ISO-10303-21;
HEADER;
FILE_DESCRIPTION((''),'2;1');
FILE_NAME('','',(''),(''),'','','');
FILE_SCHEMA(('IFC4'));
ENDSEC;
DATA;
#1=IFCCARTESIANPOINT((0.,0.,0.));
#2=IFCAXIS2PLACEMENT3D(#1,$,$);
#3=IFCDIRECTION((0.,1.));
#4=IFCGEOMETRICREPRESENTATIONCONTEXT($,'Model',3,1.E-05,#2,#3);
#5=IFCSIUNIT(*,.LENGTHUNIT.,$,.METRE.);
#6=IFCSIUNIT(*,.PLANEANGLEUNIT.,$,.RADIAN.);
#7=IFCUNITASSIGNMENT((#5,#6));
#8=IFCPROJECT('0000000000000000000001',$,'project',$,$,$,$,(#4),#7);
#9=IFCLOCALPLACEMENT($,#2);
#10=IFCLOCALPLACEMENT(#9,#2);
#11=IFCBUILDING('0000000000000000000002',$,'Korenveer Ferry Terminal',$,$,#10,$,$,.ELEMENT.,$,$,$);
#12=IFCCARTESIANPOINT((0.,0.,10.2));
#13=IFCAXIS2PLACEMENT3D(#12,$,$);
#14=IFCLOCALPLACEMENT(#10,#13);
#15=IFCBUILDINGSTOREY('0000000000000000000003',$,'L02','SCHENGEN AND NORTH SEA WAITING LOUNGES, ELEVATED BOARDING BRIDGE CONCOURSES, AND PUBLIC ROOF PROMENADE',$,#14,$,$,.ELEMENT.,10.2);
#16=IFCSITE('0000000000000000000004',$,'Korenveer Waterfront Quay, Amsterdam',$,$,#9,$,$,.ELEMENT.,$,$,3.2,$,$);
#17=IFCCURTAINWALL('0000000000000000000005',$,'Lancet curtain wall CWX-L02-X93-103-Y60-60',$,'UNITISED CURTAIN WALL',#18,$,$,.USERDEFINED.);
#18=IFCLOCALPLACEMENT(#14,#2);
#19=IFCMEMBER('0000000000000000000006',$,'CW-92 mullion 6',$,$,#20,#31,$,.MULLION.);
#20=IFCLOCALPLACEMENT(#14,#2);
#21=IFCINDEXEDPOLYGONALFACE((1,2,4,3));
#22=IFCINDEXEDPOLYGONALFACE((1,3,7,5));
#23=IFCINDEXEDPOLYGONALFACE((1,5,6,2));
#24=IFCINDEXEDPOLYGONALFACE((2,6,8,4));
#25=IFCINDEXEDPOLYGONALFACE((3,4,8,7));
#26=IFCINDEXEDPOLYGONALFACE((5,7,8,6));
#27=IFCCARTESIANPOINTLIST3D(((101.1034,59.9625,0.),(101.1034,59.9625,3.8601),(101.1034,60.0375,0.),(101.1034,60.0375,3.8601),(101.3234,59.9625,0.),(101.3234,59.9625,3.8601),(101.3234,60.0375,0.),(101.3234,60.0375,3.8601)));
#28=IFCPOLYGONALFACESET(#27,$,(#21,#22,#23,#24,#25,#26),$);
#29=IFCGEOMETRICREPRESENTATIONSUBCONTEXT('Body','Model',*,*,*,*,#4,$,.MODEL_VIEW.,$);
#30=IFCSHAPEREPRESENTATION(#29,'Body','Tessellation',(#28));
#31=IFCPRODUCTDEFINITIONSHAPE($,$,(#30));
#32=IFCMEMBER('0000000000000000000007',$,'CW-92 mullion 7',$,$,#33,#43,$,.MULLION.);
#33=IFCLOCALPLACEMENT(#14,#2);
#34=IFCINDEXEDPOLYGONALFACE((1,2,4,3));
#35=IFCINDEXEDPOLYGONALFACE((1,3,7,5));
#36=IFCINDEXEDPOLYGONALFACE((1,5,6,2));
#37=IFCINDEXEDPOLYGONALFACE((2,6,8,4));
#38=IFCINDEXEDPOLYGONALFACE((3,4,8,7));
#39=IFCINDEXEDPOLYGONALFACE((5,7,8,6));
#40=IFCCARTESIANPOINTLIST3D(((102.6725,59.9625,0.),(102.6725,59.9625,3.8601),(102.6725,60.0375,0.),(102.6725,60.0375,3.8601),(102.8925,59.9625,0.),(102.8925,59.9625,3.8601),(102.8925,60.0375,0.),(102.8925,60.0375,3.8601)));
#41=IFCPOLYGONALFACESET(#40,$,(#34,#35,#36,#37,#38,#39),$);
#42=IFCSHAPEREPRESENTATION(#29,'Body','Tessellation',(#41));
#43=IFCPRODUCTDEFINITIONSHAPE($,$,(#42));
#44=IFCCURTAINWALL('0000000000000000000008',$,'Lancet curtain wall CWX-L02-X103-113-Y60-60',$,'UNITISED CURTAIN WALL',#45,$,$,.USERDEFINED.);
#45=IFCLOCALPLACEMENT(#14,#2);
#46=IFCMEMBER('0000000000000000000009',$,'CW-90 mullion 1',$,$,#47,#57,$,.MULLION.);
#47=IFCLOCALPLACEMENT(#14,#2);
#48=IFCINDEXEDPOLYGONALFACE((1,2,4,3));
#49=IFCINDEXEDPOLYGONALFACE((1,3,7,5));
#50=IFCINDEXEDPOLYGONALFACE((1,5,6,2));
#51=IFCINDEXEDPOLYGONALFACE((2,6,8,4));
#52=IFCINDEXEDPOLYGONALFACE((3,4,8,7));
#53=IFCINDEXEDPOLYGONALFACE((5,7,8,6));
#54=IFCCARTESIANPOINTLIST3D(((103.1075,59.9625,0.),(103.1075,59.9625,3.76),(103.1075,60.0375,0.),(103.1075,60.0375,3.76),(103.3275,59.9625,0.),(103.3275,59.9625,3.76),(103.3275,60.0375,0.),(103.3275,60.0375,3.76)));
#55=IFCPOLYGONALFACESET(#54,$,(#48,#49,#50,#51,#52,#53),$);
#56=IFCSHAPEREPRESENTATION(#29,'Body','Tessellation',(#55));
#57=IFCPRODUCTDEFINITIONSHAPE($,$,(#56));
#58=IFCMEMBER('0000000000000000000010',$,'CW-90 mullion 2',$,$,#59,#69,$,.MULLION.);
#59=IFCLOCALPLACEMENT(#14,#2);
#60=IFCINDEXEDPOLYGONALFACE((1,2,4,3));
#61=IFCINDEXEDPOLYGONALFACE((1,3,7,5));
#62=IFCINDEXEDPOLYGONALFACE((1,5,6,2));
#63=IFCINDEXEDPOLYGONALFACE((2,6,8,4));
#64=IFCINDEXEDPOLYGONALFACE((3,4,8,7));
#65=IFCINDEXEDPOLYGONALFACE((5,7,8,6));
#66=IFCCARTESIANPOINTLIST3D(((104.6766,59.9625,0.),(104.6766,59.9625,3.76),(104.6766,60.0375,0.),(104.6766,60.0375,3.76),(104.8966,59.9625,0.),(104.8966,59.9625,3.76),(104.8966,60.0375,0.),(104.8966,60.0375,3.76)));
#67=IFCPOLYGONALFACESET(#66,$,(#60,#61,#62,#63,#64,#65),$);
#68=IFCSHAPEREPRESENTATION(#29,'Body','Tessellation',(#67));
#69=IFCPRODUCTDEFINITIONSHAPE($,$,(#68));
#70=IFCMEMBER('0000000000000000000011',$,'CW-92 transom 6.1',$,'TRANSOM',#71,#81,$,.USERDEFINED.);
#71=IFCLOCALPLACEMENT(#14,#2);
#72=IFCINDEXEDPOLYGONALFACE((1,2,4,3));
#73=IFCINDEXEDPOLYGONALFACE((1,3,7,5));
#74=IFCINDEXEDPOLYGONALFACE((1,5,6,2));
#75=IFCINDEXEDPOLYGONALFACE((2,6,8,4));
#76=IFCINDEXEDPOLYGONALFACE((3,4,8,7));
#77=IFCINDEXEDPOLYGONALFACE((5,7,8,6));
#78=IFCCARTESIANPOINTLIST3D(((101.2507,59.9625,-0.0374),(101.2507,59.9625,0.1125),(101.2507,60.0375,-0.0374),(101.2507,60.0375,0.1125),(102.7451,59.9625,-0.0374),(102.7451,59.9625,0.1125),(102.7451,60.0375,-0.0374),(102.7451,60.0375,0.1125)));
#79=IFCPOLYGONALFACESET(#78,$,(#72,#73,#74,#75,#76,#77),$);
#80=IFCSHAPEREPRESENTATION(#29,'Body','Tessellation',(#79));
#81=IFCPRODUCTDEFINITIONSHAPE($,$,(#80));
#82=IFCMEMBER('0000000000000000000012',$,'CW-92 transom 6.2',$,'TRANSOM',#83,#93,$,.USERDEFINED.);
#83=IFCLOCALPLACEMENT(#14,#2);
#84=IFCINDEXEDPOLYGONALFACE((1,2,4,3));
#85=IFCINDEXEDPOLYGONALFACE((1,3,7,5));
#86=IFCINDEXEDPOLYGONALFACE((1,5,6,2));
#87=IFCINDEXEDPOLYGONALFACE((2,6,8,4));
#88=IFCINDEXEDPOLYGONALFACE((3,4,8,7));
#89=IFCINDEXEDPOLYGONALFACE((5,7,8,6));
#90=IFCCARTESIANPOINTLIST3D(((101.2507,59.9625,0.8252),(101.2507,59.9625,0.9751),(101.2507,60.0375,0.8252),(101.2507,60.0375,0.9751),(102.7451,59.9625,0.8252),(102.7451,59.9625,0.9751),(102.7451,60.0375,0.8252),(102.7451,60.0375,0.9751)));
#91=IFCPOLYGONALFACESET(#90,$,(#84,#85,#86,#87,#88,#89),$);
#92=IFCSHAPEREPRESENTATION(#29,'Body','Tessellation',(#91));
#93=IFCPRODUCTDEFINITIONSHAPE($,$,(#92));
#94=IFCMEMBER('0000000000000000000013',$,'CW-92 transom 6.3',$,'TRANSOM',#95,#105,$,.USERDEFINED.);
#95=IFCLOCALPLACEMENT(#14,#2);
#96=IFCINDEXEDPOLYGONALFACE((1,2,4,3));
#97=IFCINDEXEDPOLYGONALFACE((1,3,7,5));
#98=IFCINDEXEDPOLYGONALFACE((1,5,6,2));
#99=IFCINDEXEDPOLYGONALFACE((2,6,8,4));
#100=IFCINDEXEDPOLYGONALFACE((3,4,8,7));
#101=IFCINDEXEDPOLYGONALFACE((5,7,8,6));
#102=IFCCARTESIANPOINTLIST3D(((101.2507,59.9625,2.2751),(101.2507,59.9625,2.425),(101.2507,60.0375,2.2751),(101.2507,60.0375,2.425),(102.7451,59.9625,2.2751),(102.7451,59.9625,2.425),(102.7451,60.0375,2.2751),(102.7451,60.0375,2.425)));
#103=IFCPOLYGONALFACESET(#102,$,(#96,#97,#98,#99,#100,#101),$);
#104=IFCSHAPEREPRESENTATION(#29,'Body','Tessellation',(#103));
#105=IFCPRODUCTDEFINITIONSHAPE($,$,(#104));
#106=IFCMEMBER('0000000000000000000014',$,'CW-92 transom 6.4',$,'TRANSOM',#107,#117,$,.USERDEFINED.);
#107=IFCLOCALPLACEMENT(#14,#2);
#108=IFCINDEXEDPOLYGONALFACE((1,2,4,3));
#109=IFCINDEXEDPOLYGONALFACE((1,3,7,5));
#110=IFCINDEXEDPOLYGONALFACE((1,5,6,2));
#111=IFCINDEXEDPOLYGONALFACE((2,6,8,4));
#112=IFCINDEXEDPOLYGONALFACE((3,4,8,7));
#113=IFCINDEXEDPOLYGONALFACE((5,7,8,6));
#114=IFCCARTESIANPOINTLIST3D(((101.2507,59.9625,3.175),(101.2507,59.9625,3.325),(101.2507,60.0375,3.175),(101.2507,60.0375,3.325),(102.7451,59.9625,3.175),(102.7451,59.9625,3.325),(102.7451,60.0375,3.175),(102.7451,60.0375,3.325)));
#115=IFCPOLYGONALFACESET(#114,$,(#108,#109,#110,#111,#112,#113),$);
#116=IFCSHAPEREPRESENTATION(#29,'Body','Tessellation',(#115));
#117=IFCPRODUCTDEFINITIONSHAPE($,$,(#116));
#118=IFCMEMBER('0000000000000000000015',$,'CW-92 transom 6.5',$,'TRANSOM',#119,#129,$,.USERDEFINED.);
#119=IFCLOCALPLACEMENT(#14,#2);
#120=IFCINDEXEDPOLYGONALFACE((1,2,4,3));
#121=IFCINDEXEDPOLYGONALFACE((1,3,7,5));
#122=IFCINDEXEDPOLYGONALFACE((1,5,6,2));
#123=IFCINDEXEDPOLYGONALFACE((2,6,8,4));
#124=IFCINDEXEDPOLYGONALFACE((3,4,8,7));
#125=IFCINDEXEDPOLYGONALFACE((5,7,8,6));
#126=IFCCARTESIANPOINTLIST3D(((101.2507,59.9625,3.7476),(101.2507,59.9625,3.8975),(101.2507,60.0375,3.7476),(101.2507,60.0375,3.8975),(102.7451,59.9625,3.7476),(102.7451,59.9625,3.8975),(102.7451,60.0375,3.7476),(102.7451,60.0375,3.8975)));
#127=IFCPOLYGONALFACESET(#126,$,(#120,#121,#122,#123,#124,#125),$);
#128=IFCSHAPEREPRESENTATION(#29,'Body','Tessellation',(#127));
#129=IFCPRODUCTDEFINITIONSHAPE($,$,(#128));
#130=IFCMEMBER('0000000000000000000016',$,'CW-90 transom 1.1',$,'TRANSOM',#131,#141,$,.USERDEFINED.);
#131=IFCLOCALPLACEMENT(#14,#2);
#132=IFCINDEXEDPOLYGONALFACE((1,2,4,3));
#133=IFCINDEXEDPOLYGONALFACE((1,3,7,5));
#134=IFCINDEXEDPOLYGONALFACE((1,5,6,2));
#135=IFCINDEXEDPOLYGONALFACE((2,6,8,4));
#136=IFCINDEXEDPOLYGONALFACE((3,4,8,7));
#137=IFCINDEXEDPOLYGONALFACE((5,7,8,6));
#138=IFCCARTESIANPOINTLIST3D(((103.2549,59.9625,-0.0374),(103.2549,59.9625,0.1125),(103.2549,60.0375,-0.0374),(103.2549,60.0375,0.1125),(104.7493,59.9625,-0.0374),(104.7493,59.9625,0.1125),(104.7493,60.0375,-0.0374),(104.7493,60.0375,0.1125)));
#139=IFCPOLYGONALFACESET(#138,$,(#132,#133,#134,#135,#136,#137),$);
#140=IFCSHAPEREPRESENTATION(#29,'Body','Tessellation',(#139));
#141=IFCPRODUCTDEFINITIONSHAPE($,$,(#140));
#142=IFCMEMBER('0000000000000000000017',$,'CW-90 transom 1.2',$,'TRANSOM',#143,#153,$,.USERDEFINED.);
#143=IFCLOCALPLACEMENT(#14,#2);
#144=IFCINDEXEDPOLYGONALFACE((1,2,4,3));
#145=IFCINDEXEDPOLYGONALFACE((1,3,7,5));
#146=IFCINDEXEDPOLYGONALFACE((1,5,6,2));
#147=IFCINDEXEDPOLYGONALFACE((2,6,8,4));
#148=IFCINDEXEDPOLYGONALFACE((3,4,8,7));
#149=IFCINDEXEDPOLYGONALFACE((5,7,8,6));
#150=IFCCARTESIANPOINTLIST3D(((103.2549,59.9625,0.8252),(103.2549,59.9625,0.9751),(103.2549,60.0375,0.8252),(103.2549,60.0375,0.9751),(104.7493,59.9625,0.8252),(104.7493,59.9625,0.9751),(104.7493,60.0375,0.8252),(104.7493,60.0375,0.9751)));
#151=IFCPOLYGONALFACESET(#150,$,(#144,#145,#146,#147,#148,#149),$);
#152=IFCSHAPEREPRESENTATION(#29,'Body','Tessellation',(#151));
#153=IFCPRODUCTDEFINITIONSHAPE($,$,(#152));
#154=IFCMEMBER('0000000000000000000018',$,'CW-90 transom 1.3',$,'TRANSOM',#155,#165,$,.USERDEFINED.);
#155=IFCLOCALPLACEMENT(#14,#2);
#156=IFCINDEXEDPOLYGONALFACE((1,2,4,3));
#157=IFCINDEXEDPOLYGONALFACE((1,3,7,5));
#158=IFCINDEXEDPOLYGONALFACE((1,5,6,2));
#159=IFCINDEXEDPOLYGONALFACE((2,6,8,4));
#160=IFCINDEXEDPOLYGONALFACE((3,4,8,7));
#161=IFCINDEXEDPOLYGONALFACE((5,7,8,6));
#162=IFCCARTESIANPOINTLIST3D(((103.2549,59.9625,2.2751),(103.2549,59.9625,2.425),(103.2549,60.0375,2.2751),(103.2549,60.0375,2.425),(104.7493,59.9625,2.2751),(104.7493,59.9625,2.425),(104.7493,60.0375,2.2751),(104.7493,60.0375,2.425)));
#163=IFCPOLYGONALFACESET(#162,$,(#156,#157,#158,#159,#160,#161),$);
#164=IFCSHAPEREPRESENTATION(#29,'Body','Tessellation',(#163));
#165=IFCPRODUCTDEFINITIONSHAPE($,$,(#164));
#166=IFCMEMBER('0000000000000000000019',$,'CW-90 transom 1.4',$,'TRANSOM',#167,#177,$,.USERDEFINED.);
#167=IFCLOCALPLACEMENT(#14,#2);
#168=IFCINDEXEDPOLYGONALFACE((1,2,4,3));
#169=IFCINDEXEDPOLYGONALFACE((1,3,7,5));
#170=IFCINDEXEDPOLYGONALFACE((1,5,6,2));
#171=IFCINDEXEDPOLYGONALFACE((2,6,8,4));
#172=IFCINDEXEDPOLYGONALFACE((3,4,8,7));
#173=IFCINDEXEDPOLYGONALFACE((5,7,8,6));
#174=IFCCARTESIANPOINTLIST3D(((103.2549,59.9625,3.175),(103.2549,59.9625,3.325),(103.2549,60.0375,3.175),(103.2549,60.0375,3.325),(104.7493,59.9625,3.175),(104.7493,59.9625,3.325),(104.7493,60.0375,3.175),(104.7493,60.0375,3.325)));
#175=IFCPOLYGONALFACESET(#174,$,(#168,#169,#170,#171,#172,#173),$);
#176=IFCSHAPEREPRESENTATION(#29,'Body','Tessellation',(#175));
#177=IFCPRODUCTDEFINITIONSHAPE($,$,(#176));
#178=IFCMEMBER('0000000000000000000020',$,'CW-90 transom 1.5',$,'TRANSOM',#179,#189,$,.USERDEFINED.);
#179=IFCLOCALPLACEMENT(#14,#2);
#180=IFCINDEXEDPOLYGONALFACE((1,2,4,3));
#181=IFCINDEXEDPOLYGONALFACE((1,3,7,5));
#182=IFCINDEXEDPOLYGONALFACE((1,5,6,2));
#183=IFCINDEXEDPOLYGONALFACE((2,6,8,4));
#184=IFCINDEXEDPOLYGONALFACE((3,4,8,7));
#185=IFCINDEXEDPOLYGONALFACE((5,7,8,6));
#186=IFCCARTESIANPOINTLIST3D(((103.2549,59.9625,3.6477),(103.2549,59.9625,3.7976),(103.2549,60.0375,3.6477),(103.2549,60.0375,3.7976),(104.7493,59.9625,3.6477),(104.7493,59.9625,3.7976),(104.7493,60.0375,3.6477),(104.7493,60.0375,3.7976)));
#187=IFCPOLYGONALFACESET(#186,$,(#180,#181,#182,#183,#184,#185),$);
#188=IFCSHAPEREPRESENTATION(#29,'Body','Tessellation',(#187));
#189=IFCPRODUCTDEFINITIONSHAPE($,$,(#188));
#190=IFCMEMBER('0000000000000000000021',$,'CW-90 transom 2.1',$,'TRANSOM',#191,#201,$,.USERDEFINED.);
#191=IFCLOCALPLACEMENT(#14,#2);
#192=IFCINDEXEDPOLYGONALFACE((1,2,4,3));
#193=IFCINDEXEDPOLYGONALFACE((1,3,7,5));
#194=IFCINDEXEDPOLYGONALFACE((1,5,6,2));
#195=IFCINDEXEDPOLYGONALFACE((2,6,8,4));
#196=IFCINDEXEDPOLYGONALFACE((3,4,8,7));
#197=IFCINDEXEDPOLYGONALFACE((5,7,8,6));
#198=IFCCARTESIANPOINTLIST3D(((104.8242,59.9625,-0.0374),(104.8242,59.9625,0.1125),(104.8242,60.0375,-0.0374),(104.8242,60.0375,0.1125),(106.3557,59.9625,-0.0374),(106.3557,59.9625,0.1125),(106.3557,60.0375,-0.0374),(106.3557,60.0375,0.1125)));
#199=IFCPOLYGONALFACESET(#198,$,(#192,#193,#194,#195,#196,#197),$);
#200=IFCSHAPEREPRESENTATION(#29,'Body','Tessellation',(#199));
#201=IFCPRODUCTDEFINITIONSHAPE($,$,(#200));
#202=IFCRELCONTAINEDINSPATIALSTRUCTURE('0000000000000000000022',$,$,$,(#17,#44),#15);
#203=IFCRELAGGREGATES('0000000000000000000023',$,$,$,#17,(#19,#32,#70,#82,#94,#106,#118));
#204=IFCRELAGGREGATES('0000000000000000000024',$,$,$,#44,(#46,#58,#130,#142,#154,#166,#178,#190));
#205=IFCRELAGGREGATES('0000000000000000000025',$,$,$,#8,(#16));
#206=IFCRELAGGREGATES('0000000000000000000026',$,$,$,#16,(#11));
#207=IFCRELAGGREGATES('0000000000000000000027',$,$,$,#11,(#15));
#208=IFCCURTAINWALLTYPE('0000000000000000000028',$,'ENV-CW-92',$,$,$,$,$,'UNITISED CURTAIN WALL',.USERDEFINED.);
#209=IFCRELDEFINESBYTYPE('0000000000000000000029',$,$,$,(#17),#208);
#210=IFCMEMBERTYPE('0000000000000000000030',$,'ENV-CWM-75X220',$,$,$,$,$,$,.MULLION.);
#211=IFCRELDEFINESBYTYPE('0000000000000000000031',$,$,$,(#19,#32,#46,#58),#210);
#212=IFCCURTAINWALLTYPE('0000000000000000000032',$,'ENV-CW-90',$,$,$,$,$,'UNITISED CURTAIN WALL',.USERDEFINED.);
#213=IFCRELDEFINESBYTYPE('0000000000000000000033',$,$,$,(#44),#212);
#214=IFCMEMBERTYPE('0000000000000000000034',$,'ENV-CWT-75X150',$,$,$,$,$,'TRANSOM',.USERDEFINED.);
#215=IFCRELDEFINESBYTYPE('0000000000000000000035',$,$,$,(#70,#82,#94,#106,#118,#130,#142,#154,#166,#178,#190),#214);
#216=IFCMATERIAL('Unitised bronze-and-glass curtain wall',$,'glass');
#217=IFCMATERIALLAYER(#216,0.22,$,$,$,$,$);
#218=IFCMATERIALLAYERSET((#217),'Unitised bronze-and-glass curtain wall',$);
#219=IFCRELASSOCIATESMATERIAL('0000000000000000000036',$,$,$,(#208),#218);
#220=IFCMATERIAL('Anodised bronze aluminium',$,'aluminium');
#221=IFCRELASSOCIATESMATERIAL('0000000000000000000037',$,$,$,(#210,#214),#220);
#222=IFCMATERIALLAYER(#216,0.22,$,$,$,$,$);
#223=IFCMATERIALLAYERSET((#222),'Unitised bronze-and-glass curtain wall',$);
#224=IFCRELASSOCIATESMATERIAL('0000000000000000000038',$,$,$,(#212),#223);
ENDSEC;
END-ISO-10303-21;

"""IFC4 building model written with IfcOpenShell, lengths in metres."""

from ifc_helpers import new_model, si_unit, direction, frame, origin, origin_2d, place, context, subcontext, project, spatial, rectangle, extrude, material, layer, layer_set, material_profile, profile_set, type_object, element, aggregate, save


model = new_model("IFC4")

# Units and contexts
model_context = context("Model", 3, precision=1e-05, world=origin(), true_north=direction((0.0, 1.0)))
body_context = subcontext(model_context, "Body", "Model", "MODEL_VIEW")
ifc_project = project(units=[si_unit("LENGTHUNIT", "METRE"), si_unit("PLANEANGLEUNIT", "RADIAN")], contexts=[model_context])

# Site, building, storey
site_placement = place(None, origin())
site = spatial("IfcSite", under=ifc_project, at=site_placement, Name="Korenveer Waterfront Quay, Amsterdam", CompositionType="ELEMENT", RefElevation=3.2)
building_placement = place(site_placement, origin())
building = spatial("IfcBuilding", under=site, at=building_placement, Name="Korenveer Ferry Terminal", CompositionType="ELEMENT")
storey_placement = place(building_placement, frame((0.0, 0.0, 10.2)))
storey = spatial("IfcBuildingStorey", under=building, at=storey_placement, Name="L02", Description="SCHENGEN AND NORTH SEA WAITING LOUNGES, ELEVATED BOARDING BRIDGE CONCOURSES, AND PUBLIC ROOF PROMENADE", CompositionType="ELEMENT", Elevation=10.2)

# Curtain walls, members
ifc_material_1 = material(Name="Unitised bronze-and-glass curtain wall", Category="glass")
ifc_layer_1 = layer(ifc_material_1, 0.22)
ifc_layer_set_1 = layer_set([ifc_layer_1], Name="Unitised bronze-and-glass curtain wall")
curtain_wall_type_1 = type_object("IfcCurtainWallType", Name="ENV-CW-92", ElementType="UNITISED CURTAIN WALL", PredefinedType="USERDEFINED", material=ifc_layer_set_1)
curtain_wall_1_placement = place(storey_placement, frame((93.1799, 60.0, 0.0)))
curtain_wall_1 = element("IfcCurtainWall", 1, at=curtain_wall_1_placement, inside=storey, type_object=curtain_wall_type_1, Name="Lancet curtain wall CWX-L02-X93-103-Y60-60", ObjectType="UNITISED CURTAIN WALL", PredefinedType="USERDEFINED")
ifc_material_2 = material(Name="Anodised bronze aluminium", Category="aluminium")
ifc_material_profile_1 = material_profile(ifc_material_2, rectangle(XDim=0.075, YDim=0.22, at=origin_2d()), Name="ALU 75x220")
ifc_profile_set_1 = profile_set([ifc_material_profile_1], Name="Anodised bronze aluminium")
member_type_1 = type_object("IfcMemberType", Name="ENV-CWM-75X220", PredefinedType="MULLION", material=ifc_profile_set_1)
member_1_placement = place(storey_placement, frame((101.2134, 60.0, 0.0), z_axis=(0.0, 0.0, 1.0), x_axis=(0.0, 1.0, 0.0)))
member_1 = element("IfcMember", 2, at=member_1_placement, type_object=member_type_1, Name="CW-92 mullion 6", PredefinedType="MULLION", context=body_context, shape_type="SweptSolid", body=[
    extrude(rectangle(XDim=0.075, YDim=0.22, at=origin_2d()), origin(), (0.0, 0.0, 1.0), 3.8601),
])
member_2_placement = place(storey_placement, frame((102.7825, 60.0, 0.0), z_axis=(0.0, 0.0, 1.0), x_axis=(0.0, 1.0, 0.0)))
member_2 = element("IfcMember", 3, at=member_2_placement, type_object=member_type_1, Name="CW-92 mullion 7", PredefinedType="MULLION", context=body_context, shape_type="SweptSolid", body=[
    extrude(rectangle(XDim=0.075, YDim=0.22, at=origin_2d()), origin(), (0.0, 0.0, 1.0), 3.8601),
])
ifc_layer_2 = layer(ifc_material_1, 0.22)
ifc_layer_set_2 = layer_set([ifc_layer_2], Name="Unitised bronze-and-glass curtain wall")
curtain_wall_type_2 = type_object("IfcCurtainWallType", Name="ENV-CW-90", ElementType="UNITISED CURTAIN WALL", PredefinedType="USERDEFINED", material=ifc_layer_set_2)
curtain_wall_2_placement = place(storey_placement, frame((103.1799, 60.0, 0.0)))
curtain_wall_2 = element("IfcCurtainWall", 4, at=curtain_wall_2_placement, inside=storey, type_object=curtain_wall_type_2, Name="Lancet curtain wall CWX-L02-X103-113-Y60-60", ObjectType="UNITISED CURTAIN WALL", PredefinedType="USERDEFINED")
member_3_placement = place(storey_placement, frame((103.2175, 60.0, 0.0), z_axis=(0.0, 0.0, 1.0), x_axis=(0.0, 1.0, 0.0)))
member_3 = element("IfcMember", 5, at=member_3_placement, type_object=member_type_1, Name="CW-90 mullion 1", PredefinedType="MULLION", context=body_context, shape_type="SweptSolid", body=[
    extrude(rectangle(XDim=0.075, YDim=0.22, at=origin_2d()), origin(), (0.0, 0.0, 1.0), 3.76),
])
member_4_placement = place(storey_placement, frame((104.7866, 60.0, 0.0), z_axis=(0.0, 0.0, 1.0), x_axis=(0.0, 1.0, 0.0)))
member_4 = element("IfcMember", 6, at=member_4_placement, type_object=member_type_1, Name="CW-90 mullion 2", PredefinedType="MULLION", context=body_context, shape_type="SweptSolid", body=[
    extrude(rectangle(XDim=0.075, YDim=0.22, at=origin_2d()), origin(), (0.0, 0.0, 1.0), 3.76),
])

# Members
ifc_material_profile_2 = material_profile(ifc_material_2, rectangle(XDim=0.075, YDim=0.1499, at=origin_2d()), Name="ALU 75x150")
ifc_profile_set_2 = profile_set([ifc_material_profile_2], Name="Anodised bronze aluminium")
member_type_2 = type_object("IfcMemberType", Name="ENV-CWT-75X150", ElementType="TRANSOM", PredefinedType="USERDEFINED", material=ifc_profile_set_2)
member_5_placement = place(storey_placement, frame((101.2507, 60.0, 0.0376), z_axis=(1.0, 0.0, 0.0), x_axis=(0.0, 1.0, 0.0)))
member_5 = element("IfcMember", 7, at=member_5_placement, type_object=member_type_2, Name="CW-92 transom 6.1", ObjectType="TRANSOM", PredefinedType="USERDEFINED", context=body_context, shape_type="SweptSolid", body=[
    extrude(rectangle(XDim=0.075, YDim=0.1499, at=origin_2d()), origin(), (0.0, 0.0, 1.0), 1.4944),
])
member_6_placement = place(storey_placement, frame((101.2507, 60.0, 0.9001), z_axis=(1.0, 0.0, 0.0), x_axis=(0.0, 1.0, 0.0)))
member_6 = element("IfcMember", 8, at=member_6_placement, type_object=member_type_2, Name="CW-92 transom 6.2", ObjectType="TRANSOM", PredefinedType="USERDEFINED", context=body_context, shape_type="SweptSolid", body=[
    extrude(rectangle(XDim=0.075, YDim=0.1499, at=origin_2d()), origin(), (0.0, 0.0, 1.0), 1.4944),
])
member_7_placement = place(storey_placement, frame((101.2507, 60.0, 2.3501), z_axis=(1.0, 0.0, 0.0), x_axis=(0.0, 1.0, 0.0)))
member_7 = element("IfcMember", 9, at=member_7_placement, type_object=member_type_2, Name="CW-92 transom 6.3", ObjectType="TRANSOM", PredefinedType="USERDEFINED", context=body_context, shape_type="SweptSolid", body=[
    extrude(rectangle(XDim=0.075, YDim=0.1499, at=origin_2d()), origin(), (0.0, 0.0, 1.0), 1.4944),
])
member_8_placement = place(storey_placement, frame((101.2507, 60.0, 3.25), z_axis=(1.0, 0.0, 0.0), x_axis=(0.0, 1.0, 0.0)))
member_8 = element("IfcMember", 10, at=member_8_placement, type_object=member_type_2, Name="CW-92 transom 6.4", ObjectType="TRANSOM", PredefinedType="USERDEFINED", context=body_context, shape_type="SweptSolid", body=[
    extrude(rectangle(XDim=0.075, YDim=0.1499, at=origin_2d()), origin(), (0.0, 0.0, 1.0), 1.4944),
])
member_9_placement = place(storey_placement, frame((101.2507, 60.0, 3.8225), z_axis=(1.0, 0.0, 0.0), x_axis=(0.0, 1.0, 0.0)))
member_9 = element("IfcMember", 11, at=member_9_placement, type_object=member_type_2, Name="CW-92 transom 6.5", ObjectType="TRANSOM", PredefinedType="USERDEFINED", context=body_context, shape_type="SweptSolid", body=[
    extrude(rectangle(XDim=0.075, YDim=0.1499, at=origin_2d()), origin(), (0.0, 0.0, 1.0), 1.4944),
])
member_10_placement = place(storey_placement, frame((103.2549, 60.0, 0.0376), z_axis=(1.0, 0.0, 0.0), x_axis=(0.0, 1.0, 0.0)))
member_10 = element("IfcMember", 12, at=member_10_placement, type_object=member_type_2, Name="CW-90 transom 1.1", ObjectType="TRANSOM", PredefinedType="USERDEFINED", context=body_context, shape_type="SweptSolid", body=[
    extrude(rectangle(XDim=0.075, YDim=0.1499, at=origin_2d()), origin(), (0.0, 0.0, 1.0), 1.4944),
])
member_11_placement = place(storey_placement, frame((103.2549, 60.0, 0.9001), z_axis=(1.0, 0.0, 0.0), x_axis=(0.0, 1.0, 0.0)))
member_11 = element("IfcMember", 13, at=member_11_placement, type_object=member_type_2, Name="CW-90 transom 1.2", ObjectType="TRANSOM", PredefinedType="USERDEFINED", context=body_context, shape_type="SweptSolid", body=[
    extrude(rectangle(XDim=0.075, YDim=0.1499, at=origin_2d()), origin(), (0.0, 0.0, 1.0), 1.4944),
])
member_12_placement = place(storey_placement, frame((103.2549, 60.0, 2.3501), z_axis=(1.0, 0.0, 0.0), x_axis=(0.0, 1.0, 0.0)))
member_12 = element("IfcMember", 14, at=member_12_placement, type_object=member_type_2, Name="CW-90 transom 1.3", ObjectType="TRANSOM", PredefinedType="USERDEFINED", context=body_context, shape_type="SweptSolid", body=[
    extrude(rectangle(XDim=0.075, YDim=0.1499, at=origin_2d()), origin(), (0.0, 0.0, 1.0), 1.4944),
])
member_13_placement = place(storey_placement, frame((103.2549, 60.0, 3.25), z_axis=(1.0, 0.0, 0.0), x_axis=(0.0, 1.0, 0.0)))
member_13 = element("IfcMember", 15, at=member_13_placement, type_object=member_type_2, Name="CW-90 transom 1.4", ObjectType="TRANSOM", PredefinedType="USERDEFINED", context=body_context, shape_type="SweptSolid", body=[
    extrude(rectangle(XDim=0.075, YDim=0.1499, at=origin_2d()), origin(), (0.0, 0.0, 1.0), 1.4944),
])
member_14_placement = place(storey_placement, frame((103.2549, 60.0, 3.7227), z_axis=(1.0, 0.0, 0.0), x_axis=(0.0, 1.0, 0.0)))
member_14 = element("IfcMember", 16, at=member_14_placement, type_object=member_type_2, Name="CW-90 transom 1.5", ObjectType="TRANSOM", PredefinedType="USERDEFINED", context=body_context, shape_type="SweptSolid", body=[
    extrude(rectangle(XDim=0.075, YDim=0.1499, at=origin_2d()), origin(), (0.0, 0.0, 1.0), 1.4944),
])
member_15_placement = place(storey_placement, frame((104.8242, 60.0, 0.0376), z_axis=(1.0, 0.0, 0.0), x_axis=(0.0, 1.0, 0.0)))
member_15 = element("IfcMember", 17, at=member_15_placement, type_object=member_type_2, Name="CW-90 transom 2.1", ObjectType="TRANSOM", PredefinedType="USERDEFINED", context=body_context, shape_type="SweptSolid", body=[
    extrude(rectangle(XDim=0.075, YDim=0.1499, at=origin_2d()), origin(), (0.0, 0.0, 1.0), 1.5315),
])

aggregate(curtain_wall_1, [member_1, member_2, member_5, member_6, member_7, member_8, member_9])
aggregate(curtain_wall_2, [member_3, member_4, member_10, member_11, member_12, member_13, member_14, member_15])

save(model, "model.ifc")
